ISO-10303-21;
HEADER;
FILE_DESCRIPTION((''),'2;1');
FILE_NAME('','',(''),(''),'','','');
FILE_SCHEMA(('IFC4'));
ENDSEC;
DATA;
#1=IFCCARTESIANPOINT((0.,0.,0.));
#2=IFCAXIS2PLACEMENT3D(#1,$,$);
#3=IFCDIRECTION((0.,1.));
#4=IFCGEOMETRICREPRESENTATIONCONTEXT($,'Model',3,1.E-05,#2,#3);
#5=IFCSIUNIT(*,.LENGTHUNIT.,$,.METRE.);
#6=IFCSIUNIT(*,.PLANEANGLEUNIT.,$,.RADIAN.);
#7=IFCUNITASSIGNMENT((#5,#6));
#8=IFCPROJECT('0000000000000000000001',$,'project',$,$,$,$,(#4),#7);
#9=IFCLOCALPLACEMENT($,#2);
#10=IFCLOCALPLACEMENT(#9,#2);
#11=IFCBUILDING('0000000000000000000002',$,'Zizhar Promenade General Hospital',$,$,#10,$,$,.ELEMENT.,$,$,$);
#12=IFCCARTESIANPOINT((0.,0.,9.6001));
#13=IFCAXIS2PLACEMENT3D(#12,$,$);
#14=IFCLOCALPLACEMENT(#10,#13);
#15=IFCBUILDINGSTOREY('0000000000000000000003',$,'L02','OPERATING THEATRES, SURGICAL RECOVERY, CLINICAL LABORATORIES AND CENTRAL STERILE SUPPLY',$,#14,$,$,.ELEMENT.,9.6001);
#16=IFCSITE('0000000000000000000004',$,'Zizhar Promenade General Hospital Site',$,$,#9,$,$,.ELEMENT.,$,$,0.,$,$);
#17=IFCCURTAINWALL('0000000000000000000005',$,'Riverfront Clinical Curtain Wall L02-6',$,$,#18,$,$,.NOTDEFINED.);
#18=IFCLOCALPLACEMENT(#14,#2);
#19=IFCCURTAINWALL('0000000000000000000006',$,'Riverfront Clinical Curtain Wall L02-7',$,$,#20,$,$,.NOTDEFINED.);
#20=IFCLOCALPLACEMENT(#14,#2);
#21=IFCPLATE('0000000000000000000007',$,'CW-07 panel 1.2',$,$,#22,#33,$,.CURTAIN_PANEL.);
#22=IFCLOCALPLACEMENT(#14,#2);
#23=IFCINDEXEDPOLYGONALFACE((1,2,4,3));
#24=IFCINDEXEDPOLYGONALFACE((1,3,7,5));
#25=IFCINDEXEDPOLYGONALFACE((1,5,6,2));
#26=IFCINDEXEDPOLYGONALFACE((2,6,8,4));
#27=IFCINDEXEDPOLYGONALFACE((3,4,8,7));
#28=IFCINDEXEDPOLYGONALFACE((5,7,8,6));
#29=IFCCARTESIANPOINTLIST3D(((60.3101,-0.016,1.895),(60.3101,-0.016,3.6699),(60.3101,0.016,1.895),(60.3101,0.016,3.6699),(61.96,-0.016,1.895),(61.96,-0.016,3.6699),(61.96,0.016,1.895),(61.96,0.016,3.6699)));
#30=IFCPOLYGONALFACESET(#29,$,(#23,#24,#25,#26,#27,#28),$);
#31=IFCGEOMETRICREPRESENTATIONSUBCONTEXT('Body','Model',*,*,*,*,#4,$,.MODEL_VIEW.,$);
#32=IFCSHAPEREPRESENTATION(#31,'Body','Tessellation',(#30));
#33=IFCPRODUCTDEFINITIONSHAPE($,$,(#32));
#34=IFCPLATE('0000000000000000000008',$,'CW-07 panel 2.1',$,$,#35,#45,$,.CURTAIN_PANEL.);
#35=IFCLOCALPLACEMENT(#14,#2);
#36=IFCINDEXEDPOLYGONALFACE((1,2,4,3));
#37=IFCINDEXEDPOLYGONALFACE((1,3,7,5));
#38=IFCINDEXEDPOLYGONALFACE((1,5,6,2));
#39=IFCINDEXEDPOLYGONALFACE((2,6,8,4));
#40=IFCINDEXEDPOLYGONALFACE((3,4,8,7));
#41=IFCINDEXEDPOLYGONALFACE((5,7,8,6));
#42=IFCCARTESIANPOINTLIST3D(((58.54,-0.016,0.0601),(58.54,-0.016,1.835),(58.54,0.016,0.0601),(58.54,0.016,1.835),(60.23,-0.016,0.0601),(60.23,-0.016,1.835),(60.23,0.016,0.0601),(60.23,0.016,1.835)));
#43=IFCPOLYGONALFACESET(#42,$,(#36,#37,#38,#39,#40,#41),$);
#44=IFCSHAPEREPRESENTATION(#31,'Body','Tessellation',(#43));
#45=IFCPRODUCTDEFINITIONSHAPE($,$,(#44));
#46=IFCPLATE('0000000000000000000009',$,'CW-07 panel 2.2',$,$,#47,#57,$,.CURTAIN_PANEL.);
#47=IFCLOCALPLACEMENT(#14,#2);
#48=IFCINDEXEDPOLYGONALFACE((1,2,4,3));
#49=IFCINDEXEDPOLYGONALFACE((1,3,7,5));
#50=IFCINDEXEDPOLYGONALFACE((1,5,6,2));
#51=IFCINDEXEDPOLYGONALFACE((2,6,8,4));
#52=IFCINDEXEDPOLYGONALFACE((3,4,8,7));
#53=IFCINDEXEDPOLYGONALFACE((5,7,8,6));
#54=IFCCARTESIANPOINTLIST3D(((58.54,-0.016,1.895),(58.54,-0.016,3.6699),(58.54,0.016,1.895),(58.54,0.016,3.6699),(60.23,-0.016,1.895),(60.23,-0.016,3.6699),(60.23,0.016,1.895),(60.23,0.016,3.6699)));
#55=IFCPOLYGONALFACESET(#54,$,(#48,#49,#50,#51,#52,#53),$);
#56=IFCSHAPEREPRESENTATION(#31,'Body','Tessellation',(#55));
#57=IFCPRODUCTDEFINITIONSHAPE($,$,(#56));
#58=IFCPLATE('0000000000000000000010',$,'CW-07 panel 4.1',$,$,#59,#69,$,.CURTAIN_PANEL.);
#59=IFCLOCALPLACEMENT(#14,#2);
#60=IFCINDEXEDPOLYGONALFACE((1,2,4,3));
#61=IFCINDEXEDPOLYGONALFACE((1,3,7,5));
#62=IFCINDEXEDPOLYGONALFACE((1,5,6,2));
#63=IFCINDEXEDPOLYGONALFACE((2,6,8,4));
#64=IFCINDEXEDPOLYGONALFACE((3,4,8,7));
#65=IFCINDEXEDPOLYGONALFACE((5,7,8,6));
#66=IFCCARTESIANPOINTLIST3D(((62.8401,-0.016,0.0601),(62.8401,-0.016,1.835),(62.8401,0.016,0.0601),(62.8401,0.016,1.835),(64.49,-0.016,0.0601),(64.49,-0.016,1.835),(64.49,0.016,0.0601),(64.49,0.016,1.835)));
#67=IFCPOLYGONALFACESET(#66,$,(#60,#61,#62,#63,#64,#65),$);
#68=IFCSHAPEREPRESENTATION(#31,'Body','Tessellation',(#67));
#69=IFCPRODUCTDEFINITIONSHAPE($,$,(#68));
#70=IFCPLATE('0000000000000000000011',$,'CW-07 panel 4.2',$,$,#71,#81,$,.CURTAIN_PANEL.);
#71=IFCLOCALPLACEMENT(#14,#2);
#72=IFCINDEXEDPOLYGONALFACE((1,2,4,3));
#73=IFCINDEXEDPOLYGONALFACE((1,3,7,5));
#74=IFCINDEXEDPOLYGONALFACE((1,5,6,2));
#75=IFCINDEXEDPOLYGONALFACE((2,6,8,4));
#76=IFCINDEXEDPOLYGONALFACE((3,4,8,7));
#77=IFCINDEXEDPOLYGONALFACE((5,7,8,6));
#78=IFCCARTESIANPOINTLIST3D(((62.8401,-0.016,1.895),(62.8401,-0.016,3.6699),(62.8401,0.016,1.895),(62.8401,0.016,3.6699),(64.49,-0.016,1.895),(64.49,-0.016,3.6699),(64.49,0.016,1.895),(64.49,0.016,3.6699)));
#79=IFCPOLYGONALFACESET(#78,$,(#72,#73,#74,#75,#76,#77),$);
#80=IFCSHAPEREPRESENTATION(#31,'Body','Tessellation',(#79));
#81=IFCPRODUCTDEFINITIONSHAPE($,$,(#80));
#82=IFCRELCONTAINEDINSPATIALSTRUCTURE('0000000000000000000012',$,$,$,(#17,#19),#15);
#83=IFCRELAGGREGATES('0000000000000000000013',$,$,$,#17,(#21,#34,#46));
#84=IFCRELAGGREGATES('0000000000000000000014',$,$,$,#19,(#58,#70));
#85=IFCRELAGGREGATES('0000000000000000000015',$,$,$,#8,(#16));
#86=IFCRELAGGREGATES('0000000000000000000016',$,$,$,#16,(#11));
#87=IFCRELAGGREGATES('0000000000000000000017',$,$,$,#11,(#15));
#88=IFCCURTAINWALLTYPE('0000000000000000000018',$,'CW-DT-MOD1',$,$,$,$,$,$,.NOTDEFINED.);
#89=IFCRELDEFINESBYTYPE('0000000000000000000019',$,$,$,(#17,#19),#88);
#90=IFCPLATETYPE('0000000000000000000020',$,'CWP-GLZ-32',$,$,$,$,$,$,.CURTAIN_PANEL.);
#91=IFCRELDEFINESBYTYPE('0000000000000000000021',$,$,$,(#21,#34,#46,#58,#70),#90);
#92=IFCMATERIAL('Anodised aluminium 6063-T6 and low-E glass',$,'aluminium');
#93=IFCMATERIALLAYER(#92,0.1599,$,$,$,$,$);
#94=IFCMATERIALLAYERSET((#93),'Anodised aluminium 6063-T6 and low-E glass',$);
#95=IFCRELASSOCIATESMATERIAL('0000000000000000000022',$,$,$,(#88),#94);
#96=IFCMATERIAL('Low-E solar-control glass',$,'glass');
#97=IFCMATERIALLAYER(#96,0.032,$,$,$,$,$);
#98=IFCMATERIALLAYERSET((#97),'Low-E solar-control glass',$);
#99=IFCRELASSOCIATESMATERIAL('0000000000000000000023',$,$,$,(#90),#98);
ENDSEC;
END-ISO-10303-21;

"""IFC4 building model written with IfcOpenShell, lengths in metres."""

from ifc_helpers import new_model, si_unit, direction, frame, origin, origin_2d, place, context, subcontext, project, spatial, rectangle, extrude, material, layer, layer_set, type_object, element, aggregate, save


model = new_model("IFC4")

# Units and contexts
model_context = context("Model", 3, precision=1e-05, world=origin(), true_north=direction((0.0, 1.0)))
body_context = subcontext(model_context, "Body", "Model", "MODEL_VIEW")
ifc_project = project(units=[si_unit("LENGTHUNIT", "METRE"), si_unit("PLANEANGLEUNIT", "RADIAN")], contexts=[model_context])

# Site, building, storey
site_placement = place(None, origin())
site = spatial("IfcSite", under=ifc_project, at=site_placement, Name="Zizhar Promenade General Hospital Site", CompositionType="ELEMENT", RefElevation=0.0)
building_placement = place(site_placement, origin())
building = spatial("IfcBuilding", under=site, at=building_placement, Name="Zizhar Promenade General Hospital", CompositionType="ELEMENT")
storey_placement = place(building_placement, frame((0.0, 0.0, 9.6001)))
storey = spatial("IfcBuildingStorey", under=building, at=storey_placement, Name="L02", Description="OPERATING THEATRES, SURGICAL RECOVERY, CLINICAL LABORATORIES AND CENTRAL STERILE SUPPLY", CompositionType="ELEMENT", Elevation=9.6001)

# Curtain walls
ifc_material_1 = material(Name="Anodised aluminium 6063-T6 and low-E glass", Category="aluminium")
ifc_layer_1 = layer(ifc_material_1, 0.1599)
ifc_layer_set_1 = layer_set([ifc_layer_1], Name="Anodised aluminium 6063-T6 and low-E glass")
curtain_wall_type = type_object("IfcCurtainWallType", Name="CW-DT-MOD1", PredefinedType="NOTDEFINED", material=ifc_layer_set_1)
curtain_wall_1_placement = place(storey_placement, origin())
curtain_wall_1 = element("IfcCurtainWall", 1, at=curtain_wall_1_placement, inside=storey, type_object=curtain_wall_type, Name="Riverfront Clinical Curtain Wall L02-6", PredefinedType="NOTDEFINED")
curtain_wall_2_placement = place(storey_placement, origin())
curtain_wall_2 = element("IfcCurtainWall", 2, at=curtain_wall_2_placement, inside=storey, type_object=curtain_wall_type, Name="Riverfront Clinical Curtain Wall L02-7", PredefinedType="NOTDEFINED")

# Plates
ifc_material_2 = material(Name="Low-E solar-control glass", Category="glass")
ifc_layer_2 = layer(ifc_material_2, 0.032)
ifc_layer_set_2 = layer_set([ifc_layer_2], Name="Low-E solar-control glass")
plate_type = type_object("IfcPlateType", Name="CWP-GLZ-32", PredefinedType="CURTAIN_PANEL", material=ifc_layer_set_2)
plate_1_placement = place(storey_placement, frame((61.135, 0.0, 1.895), z_axis=(0.0, 0.0, 1.0), x_axis=(-1.0, 0.0, 0.0)))
plate_1 = element("IfcPlate", 3, at=plate_1_placement, type_object=plate_type, Name="CW-07 panel 1.2", PredefinedType="CURTAIN_PANEL", context=body_context, shape_type="SweptSolid", body=[
    extrude(rectangle(XDim=1.6499, YDim=0.032, at=origin_2d()), origin(), (0.0, 0.0, 1.0), 1.7749),
])
plate_2_placement = place(storey_placement, frame((59.385, 0.0, 0.0601), z_axis=(0.0, 0.0, 1.0), x_axis=(-1.0, 0.0, 0.0)))
plate_2 = element("IfcPlate", 4, at=plate_2_placement, type_object=plate_type, Name="CW-07 panel 2.1", PredefinedType="CURTAIN_PANEL", context=body_context, shape_type="SweptSolid", body=[
    extrude(rectangle(XDim=1.6899, YDim=0.032, at=origin_2d()), origin(), (0.0, 0.0, 1.0), 1.7749),
])
plate_3_placement = place(storey_placement, frame((59.385, 0.0, 1.895), z_axis=(0.0, 0.0, 1.0), x_axis=(-1.0, 0.0, 0.0)))
plate_3 = element("IfcPlate", 5, at=plate_3_placement, type_object=plate_type, Name="CW-07 panel 2.2", PredefinedType="CURTAIN_PANEL", context=body_context, shape_type="SweptSolid", body=[
    extrude(rectangle(XDim=1.6899, YDim=0.032, at=origin_2d()), origin(), (0.0, 0.0, 1.0), 1.7749),
])
aggregate(curtain_wall_1, [plate_1, plate_2, plate_3])
plate_4_placement = place(storey_placement, frame((63.665, 0.0, 0.0601), z_axis=(0.0, 0.0, 1.0), x_axis=(-1.0, 0.0, 0.0)))
plate_4 = element("IfcPlate", 6, at=plate_4_placement, type_object=plate_type, Name="CW-07 panel 4.1", PredefinedType="CURTAIN_PANEL", context=body_context, shape_type="SweptSolid", body=[
    extrude(rectangle(XDim=1.6499, YDim=0.032, at=origin_2d()), origin(), (0.0, 0.0, 1.0), 1.7749),
])
plate_5_placement = place(storey_placement, frame((63.665, 0.0, 1.895), z_axis=(0.0, 0.0, 1.0), x_axis=(-1.0, 0.0, 0.0)))
plate_5 = element("IfcPlate", 7, at=plate_5_placement, type_object=plate_type, Name="CW-07 panel 4.2", PredefinedType="CURTAIN_PANEL", context=body_context, shape_type="SweptSolid", body=[
    extrude(rectangle(XDim=1.6499, YDim=0.032, at=origin_2d()), origin(), (0.0, 0.0, 1.0), 1.7749),
])
aggregate(curtain_wall_2, [plate_4, plate_5])

save(model, "model.ifc")
